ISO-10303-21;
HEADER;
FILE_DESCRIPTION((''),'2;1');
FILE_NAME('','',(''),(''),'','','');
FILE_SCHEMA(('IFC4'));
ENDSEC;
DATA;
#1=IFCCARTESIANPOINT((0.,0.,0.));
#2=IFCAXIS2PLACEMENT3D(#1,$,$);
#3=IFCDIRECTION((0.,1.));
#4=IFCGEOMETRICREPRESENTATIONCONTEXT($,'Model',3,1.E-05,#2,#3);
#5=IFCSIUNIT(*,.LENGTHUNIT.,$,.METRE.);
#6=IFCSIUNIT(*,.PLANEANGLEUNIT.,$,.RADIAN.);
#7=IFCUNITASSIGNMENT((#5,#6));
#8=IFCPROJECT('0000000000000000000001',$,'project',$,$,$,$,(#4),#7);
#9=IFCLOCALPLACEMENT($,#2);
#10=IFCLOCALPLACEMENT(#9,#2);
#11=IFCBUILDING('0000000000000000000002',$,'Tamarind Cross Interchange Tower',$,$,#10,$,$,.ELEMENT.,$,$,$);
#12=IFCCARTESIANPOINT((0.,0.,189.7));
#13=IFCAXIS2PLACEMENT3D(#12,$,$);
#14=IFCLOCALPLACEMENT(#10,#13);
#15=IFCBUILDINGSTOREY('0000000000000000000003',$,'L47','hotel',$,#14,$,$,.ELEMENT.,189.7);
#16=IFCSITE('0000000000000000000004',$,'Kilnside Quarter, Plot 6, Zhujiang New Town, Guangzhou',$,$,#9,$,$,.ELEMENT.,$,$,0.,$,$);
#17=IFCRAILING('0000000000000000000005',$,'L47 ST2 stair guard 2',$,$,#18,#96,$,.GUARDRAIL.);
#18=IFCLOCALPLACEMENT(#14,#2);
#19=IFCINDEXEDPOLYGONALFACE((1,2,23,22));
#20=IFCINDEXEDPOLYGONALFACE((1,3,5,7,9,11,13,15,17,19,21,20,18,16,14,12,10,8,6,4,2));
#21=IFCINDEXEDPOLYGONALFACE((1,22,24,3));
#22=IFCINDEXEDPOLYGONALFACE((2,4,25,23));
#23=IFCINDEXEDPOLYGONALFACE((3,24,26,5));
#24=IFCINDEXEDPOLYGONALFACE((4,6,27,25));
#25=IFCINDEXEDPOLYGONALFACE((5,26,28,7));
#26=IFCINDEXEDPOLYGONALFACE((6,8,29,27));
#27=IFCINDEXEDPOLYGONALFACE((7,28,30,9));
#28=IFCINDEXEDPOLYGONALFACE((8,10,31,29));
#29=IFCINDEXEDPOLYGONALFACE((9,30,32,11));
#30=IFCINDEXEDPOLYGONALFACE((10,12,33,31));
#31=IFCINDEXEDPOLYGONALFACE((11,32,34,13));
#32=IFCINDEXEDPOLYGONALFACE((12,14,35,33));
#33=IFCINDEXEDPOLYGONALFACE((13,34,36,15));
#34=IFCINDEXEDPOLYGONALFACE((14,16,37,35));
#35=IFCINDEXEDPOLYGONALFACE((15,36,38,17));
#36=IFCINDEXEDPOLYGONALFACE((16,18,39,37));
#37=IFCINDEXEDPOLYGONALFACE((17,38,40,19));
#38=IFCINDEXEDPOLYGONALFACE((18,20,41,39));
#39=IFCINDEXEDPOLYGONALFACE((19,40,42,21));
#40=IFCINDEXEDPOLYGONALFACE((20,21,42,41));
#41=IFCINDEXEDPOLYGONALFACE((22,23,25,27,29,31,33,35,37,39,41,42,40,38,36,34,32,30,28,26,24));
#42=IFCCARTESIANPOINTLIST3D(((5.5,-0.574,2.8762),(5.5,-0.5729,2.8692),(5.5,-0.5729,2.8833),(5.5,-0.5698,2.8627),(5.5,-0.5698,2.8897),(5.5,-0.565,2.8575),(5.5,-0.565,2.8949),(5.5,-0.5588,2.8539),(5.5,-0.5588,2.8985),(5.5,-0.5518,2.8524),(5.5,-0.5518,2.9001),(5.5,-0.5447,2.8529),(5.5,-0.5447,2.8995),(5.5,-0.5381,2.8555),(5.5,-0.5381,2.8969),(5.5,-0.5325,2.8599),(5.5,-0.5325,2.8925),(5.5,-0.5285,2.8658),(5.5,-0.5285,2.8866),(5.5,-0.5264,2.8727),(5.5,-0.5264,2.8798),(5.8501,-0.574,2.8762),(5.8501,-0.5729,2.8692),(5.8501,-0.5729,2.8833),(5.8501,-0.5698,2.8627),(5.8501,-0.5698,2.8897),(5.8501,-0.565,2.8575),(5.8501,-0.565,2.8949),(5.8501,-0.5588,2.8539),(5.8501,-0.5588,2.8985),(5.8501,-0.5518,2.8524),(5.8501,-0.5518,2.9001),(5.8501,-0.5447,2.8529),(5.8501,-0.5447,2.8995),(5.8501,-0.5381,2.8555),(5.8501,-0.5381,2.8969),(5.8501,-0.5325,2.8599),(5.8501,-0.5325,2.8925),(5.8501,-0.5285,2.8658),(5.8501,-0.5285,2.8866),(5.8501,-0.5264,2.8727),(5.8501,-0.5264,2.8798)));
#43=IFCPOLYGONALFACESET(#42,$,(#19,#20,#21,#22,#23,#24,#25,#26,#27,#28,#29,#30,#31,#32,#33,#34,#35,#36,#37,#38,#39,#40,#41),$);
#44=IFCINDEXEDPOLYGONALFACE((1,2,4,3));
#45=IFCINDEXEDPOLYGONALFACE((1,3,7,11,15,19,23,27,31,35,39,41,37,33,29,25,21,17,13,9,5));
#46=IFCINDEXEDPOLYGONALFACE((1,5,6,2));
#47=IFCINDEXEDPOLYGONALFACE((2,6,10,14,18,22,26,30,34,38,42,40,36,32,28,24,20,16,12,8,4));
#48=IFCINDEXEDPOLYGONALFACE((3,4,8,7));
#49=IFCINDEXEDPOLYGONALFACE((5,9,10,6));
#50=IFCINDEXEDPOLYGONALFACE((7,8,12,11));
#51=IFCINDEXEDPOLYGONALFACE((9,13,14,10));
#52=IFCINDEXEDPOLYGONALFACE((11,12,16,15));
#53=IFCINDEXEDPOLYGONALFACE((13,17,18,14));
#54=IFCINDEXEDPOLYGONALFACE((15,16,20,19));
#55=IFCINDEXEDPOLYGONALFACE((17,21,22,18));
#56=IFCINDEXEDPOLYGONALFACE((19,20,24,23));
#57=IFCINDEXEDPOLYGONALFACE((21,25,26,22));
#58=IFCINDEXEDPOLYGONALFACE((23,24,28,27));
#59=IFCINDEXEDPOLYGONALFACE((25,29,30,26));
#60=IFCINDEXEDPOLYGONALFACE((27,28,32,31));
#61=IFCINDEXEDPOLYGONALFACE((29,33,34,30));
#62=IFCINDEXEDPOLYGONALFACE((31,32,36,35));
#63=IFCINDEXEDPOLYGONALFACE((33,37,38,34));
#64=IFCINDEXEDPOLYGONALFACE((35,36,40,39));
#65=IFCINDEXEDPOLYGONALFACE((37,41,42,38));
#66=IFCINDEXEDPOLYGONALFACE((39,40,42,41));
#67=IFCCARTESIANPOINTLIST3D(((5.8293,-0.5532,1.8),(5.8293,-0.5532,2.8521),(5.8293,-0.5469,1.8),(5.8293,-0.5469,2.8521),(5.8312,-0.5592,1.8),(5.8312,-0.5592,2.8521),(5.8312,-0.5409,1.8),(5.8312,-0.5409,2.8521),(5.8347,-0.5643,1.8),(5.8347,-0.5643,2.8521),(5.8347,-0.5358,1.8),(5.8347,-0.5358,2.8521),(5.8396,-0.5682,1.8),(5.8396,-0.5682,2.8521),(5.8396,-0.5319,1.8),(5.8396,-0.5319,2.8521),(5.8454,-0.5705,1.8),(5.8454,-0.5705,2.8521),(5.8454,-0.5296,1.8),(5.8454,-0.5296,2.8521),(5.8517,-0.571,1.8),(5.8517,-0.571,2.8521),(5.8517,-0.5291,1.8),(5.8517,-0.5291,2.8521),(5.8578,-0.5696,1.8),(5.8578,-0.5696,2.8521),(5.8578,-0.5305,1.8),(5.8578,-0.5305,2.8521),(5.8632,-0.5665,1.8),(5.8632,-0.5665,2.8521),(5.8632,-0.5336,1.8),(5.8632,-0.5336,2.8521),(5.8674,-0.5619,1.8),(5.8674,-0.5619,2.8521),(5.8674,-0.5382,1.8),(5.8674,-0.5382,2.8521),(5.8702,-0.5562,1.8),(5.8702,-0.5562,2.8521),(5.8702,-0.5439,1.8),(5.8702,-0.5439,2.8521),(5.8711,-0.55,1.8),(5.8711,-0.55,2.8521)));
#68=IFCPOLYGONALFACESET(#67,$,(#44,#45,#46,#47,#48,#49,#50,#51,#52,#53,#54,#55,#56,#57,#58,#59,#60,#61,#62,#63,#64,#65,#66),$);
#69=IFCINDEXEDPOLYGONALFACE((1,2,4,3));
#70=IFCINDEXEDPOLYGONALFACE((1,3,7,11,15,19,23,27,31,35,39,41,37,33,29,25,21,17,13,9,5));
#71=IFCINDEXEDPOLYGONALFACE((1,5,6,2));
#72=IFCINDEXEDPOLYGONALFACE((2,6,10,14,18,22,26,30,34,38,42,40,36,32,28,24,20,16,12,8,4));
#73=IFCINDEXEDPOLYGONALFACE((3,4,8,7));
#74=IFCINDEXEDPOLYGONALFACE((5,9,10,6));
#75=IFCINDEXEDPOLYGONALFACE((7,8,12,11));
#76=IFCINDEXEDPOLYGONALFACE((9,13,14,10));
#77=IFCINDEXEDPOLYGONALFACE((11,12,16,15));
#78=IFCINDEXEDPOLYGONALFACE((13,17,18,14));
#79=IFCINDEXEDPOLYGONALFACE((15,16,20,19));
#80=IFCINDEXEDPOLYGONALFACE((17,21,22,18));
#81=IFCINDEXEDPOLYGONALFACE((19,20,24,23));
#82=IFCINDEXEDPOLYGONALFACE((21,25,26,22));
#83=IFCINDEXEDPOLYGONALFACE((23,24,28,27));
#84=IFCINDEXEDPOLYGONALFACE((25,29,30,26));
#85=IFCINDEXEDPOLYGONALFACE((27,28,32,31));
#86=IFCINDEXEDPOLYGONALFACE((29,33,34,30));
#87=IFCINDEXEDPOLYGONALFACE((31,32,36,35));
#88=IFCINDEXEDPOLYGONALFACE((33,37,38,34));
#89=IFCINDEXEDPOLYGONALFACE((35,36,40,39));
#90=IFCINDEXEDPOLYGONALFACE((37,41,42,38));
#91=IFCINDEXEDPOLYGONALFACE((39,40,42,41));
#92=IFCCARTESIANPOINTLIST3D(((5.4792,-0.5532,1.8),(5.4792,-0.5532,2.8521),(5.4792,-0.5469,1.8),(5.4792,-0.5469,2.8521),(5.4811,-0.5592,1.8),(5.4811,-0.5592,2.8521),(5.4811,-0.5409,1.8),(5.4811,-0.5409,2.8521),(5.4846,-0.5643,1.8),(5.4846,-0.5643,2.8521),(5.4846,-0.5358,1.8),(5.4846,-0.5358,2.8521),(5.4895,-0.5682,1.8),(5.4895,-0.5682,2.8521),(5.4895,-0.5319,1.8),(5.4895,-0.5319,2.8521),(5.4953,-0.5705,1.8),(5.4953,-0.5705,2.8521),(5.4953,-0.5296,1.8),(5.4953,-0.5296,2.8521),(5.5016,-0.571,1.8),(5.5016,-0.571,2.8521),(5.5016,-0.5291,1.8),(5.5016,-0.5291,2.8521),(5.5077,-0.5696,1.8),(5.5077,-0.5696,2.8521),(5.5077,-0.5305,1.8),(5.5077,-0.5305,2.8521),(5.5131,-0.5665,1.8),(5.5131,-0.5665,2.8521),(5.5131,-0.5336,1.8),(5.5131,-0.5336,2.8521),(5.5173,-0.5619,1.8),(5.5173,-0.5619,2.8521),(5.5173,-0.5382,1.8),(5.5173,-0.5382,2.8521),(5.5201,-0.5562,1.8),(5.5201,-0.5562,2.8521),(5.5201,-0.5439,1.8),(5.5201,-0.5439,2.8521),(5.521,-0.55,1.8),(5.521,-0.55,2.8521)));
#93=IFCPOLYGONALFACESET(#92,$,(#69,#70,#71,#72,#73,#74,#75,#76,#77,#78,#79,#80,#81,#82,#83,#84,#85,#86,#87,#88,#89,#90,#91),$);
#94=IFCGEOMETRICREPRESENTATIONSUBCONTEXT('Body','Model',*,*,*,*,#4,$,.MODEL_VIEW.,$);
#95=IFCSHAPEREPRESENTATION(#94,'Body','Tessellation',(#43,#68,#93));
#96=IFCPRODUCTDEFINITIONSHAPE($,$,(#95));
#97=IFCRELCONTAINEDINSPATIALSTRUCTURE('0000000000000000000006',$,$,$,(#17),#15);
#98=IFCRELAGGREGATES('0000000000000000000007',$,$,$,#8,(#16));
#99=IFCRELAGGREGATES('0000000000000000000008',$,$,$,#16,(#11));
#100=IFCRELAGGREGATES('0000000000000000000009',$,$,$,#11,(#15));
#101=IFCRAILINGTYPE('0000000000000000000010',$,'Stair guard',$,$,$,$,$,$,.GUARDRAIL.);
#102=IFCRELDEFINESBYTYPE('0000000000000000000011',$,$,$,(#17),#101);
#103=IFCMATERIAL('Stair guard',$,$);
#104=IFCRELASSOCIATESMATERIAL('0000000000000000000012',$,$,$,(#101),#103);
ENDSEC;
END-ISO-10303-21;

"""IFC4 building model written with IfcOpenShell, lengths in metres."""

from ifc_helpers import new_model, si_unit, direction, frame, origin, origin_2d, place, context, subcontext, project, spatial, circle, extrude, material, type_object, element, save


model = new_model("IFC4")

# Units and contexts
model_context = context("Model", 3, precision=1e-05, world=origin(), true_north=direction((0.0, 1.0)))
body_context = subcontext(model_context, "Body", "Model", "MODEL_VIEW")
ifc_project = project(units=[si_unit("LENGTHUNIT", "METRE"), si_unit("PLANEANGLEUNIT", "RADIAN")], contexts=[model_context])

# Site, building, storey
site_placement = place(None, origin())
site = spatial("IfcSite", under=ifc_project, at=site_placement, Name="Kilnside Quarter, Plot 6, Zhujiang New Town, Guangzhou", CompositionType="ELEMENT", RefElevation=0.0)
building_placement = place(site_placement, origin())
building = spatial("IfcBuilding", under=site, at=building_placement, Name="Tamarind Cross Interchange Tower", CompositionType="ELEMENT")
storey_placement = place(building_placement, frame((0.0, 0.0, 189.7)))
storey = spatial("IfcBuildingStorey", under=building, at=storey_placement, Name="L47", Description="hotel", CompositionType="ELEMENT", Elevation=189.7)

# Railing
ifc_material_1 = material(Name="Stair guard")
railing_type_1 = type_object("IfcRailingType", Name="Stair guard", PredefinedType="GUARDRAIL", material=ifc_material_1)
railing_1_placement = place(storey_placement, frame((5.8501, -0.55, 1.8)))
element("IfcRailing", 1, at=railing_1_placement, inside=storey, type_object=railing_type_1, Name="L47 ST2 stair guard 2", PredefinedType="GUARDRAIL", context=body_context, shape_type="SweptSolid", body=[
    extrude(circle(Radius=0.0239, at=origin_2d()), frame((0.0, 0.0, 1.0762), z_axis=(-1.0, 0.0, 0.0), x_axis=(0.0, -1.0, 0.0)), (0.0, 0.0, 1.0), 0.3501),
    extrude(circle(Radius=0.021, at=origin_2d()), origin(), (0.0, 0.0, 1.0), 1.052),
    extrude(circle(Radius=0.021, at=origin_2d()), frame((-0.3501, 0.0, 0.0)), (0.0, 0.0, 1.0), 1.052),
])

save(model, "model.ifc")
